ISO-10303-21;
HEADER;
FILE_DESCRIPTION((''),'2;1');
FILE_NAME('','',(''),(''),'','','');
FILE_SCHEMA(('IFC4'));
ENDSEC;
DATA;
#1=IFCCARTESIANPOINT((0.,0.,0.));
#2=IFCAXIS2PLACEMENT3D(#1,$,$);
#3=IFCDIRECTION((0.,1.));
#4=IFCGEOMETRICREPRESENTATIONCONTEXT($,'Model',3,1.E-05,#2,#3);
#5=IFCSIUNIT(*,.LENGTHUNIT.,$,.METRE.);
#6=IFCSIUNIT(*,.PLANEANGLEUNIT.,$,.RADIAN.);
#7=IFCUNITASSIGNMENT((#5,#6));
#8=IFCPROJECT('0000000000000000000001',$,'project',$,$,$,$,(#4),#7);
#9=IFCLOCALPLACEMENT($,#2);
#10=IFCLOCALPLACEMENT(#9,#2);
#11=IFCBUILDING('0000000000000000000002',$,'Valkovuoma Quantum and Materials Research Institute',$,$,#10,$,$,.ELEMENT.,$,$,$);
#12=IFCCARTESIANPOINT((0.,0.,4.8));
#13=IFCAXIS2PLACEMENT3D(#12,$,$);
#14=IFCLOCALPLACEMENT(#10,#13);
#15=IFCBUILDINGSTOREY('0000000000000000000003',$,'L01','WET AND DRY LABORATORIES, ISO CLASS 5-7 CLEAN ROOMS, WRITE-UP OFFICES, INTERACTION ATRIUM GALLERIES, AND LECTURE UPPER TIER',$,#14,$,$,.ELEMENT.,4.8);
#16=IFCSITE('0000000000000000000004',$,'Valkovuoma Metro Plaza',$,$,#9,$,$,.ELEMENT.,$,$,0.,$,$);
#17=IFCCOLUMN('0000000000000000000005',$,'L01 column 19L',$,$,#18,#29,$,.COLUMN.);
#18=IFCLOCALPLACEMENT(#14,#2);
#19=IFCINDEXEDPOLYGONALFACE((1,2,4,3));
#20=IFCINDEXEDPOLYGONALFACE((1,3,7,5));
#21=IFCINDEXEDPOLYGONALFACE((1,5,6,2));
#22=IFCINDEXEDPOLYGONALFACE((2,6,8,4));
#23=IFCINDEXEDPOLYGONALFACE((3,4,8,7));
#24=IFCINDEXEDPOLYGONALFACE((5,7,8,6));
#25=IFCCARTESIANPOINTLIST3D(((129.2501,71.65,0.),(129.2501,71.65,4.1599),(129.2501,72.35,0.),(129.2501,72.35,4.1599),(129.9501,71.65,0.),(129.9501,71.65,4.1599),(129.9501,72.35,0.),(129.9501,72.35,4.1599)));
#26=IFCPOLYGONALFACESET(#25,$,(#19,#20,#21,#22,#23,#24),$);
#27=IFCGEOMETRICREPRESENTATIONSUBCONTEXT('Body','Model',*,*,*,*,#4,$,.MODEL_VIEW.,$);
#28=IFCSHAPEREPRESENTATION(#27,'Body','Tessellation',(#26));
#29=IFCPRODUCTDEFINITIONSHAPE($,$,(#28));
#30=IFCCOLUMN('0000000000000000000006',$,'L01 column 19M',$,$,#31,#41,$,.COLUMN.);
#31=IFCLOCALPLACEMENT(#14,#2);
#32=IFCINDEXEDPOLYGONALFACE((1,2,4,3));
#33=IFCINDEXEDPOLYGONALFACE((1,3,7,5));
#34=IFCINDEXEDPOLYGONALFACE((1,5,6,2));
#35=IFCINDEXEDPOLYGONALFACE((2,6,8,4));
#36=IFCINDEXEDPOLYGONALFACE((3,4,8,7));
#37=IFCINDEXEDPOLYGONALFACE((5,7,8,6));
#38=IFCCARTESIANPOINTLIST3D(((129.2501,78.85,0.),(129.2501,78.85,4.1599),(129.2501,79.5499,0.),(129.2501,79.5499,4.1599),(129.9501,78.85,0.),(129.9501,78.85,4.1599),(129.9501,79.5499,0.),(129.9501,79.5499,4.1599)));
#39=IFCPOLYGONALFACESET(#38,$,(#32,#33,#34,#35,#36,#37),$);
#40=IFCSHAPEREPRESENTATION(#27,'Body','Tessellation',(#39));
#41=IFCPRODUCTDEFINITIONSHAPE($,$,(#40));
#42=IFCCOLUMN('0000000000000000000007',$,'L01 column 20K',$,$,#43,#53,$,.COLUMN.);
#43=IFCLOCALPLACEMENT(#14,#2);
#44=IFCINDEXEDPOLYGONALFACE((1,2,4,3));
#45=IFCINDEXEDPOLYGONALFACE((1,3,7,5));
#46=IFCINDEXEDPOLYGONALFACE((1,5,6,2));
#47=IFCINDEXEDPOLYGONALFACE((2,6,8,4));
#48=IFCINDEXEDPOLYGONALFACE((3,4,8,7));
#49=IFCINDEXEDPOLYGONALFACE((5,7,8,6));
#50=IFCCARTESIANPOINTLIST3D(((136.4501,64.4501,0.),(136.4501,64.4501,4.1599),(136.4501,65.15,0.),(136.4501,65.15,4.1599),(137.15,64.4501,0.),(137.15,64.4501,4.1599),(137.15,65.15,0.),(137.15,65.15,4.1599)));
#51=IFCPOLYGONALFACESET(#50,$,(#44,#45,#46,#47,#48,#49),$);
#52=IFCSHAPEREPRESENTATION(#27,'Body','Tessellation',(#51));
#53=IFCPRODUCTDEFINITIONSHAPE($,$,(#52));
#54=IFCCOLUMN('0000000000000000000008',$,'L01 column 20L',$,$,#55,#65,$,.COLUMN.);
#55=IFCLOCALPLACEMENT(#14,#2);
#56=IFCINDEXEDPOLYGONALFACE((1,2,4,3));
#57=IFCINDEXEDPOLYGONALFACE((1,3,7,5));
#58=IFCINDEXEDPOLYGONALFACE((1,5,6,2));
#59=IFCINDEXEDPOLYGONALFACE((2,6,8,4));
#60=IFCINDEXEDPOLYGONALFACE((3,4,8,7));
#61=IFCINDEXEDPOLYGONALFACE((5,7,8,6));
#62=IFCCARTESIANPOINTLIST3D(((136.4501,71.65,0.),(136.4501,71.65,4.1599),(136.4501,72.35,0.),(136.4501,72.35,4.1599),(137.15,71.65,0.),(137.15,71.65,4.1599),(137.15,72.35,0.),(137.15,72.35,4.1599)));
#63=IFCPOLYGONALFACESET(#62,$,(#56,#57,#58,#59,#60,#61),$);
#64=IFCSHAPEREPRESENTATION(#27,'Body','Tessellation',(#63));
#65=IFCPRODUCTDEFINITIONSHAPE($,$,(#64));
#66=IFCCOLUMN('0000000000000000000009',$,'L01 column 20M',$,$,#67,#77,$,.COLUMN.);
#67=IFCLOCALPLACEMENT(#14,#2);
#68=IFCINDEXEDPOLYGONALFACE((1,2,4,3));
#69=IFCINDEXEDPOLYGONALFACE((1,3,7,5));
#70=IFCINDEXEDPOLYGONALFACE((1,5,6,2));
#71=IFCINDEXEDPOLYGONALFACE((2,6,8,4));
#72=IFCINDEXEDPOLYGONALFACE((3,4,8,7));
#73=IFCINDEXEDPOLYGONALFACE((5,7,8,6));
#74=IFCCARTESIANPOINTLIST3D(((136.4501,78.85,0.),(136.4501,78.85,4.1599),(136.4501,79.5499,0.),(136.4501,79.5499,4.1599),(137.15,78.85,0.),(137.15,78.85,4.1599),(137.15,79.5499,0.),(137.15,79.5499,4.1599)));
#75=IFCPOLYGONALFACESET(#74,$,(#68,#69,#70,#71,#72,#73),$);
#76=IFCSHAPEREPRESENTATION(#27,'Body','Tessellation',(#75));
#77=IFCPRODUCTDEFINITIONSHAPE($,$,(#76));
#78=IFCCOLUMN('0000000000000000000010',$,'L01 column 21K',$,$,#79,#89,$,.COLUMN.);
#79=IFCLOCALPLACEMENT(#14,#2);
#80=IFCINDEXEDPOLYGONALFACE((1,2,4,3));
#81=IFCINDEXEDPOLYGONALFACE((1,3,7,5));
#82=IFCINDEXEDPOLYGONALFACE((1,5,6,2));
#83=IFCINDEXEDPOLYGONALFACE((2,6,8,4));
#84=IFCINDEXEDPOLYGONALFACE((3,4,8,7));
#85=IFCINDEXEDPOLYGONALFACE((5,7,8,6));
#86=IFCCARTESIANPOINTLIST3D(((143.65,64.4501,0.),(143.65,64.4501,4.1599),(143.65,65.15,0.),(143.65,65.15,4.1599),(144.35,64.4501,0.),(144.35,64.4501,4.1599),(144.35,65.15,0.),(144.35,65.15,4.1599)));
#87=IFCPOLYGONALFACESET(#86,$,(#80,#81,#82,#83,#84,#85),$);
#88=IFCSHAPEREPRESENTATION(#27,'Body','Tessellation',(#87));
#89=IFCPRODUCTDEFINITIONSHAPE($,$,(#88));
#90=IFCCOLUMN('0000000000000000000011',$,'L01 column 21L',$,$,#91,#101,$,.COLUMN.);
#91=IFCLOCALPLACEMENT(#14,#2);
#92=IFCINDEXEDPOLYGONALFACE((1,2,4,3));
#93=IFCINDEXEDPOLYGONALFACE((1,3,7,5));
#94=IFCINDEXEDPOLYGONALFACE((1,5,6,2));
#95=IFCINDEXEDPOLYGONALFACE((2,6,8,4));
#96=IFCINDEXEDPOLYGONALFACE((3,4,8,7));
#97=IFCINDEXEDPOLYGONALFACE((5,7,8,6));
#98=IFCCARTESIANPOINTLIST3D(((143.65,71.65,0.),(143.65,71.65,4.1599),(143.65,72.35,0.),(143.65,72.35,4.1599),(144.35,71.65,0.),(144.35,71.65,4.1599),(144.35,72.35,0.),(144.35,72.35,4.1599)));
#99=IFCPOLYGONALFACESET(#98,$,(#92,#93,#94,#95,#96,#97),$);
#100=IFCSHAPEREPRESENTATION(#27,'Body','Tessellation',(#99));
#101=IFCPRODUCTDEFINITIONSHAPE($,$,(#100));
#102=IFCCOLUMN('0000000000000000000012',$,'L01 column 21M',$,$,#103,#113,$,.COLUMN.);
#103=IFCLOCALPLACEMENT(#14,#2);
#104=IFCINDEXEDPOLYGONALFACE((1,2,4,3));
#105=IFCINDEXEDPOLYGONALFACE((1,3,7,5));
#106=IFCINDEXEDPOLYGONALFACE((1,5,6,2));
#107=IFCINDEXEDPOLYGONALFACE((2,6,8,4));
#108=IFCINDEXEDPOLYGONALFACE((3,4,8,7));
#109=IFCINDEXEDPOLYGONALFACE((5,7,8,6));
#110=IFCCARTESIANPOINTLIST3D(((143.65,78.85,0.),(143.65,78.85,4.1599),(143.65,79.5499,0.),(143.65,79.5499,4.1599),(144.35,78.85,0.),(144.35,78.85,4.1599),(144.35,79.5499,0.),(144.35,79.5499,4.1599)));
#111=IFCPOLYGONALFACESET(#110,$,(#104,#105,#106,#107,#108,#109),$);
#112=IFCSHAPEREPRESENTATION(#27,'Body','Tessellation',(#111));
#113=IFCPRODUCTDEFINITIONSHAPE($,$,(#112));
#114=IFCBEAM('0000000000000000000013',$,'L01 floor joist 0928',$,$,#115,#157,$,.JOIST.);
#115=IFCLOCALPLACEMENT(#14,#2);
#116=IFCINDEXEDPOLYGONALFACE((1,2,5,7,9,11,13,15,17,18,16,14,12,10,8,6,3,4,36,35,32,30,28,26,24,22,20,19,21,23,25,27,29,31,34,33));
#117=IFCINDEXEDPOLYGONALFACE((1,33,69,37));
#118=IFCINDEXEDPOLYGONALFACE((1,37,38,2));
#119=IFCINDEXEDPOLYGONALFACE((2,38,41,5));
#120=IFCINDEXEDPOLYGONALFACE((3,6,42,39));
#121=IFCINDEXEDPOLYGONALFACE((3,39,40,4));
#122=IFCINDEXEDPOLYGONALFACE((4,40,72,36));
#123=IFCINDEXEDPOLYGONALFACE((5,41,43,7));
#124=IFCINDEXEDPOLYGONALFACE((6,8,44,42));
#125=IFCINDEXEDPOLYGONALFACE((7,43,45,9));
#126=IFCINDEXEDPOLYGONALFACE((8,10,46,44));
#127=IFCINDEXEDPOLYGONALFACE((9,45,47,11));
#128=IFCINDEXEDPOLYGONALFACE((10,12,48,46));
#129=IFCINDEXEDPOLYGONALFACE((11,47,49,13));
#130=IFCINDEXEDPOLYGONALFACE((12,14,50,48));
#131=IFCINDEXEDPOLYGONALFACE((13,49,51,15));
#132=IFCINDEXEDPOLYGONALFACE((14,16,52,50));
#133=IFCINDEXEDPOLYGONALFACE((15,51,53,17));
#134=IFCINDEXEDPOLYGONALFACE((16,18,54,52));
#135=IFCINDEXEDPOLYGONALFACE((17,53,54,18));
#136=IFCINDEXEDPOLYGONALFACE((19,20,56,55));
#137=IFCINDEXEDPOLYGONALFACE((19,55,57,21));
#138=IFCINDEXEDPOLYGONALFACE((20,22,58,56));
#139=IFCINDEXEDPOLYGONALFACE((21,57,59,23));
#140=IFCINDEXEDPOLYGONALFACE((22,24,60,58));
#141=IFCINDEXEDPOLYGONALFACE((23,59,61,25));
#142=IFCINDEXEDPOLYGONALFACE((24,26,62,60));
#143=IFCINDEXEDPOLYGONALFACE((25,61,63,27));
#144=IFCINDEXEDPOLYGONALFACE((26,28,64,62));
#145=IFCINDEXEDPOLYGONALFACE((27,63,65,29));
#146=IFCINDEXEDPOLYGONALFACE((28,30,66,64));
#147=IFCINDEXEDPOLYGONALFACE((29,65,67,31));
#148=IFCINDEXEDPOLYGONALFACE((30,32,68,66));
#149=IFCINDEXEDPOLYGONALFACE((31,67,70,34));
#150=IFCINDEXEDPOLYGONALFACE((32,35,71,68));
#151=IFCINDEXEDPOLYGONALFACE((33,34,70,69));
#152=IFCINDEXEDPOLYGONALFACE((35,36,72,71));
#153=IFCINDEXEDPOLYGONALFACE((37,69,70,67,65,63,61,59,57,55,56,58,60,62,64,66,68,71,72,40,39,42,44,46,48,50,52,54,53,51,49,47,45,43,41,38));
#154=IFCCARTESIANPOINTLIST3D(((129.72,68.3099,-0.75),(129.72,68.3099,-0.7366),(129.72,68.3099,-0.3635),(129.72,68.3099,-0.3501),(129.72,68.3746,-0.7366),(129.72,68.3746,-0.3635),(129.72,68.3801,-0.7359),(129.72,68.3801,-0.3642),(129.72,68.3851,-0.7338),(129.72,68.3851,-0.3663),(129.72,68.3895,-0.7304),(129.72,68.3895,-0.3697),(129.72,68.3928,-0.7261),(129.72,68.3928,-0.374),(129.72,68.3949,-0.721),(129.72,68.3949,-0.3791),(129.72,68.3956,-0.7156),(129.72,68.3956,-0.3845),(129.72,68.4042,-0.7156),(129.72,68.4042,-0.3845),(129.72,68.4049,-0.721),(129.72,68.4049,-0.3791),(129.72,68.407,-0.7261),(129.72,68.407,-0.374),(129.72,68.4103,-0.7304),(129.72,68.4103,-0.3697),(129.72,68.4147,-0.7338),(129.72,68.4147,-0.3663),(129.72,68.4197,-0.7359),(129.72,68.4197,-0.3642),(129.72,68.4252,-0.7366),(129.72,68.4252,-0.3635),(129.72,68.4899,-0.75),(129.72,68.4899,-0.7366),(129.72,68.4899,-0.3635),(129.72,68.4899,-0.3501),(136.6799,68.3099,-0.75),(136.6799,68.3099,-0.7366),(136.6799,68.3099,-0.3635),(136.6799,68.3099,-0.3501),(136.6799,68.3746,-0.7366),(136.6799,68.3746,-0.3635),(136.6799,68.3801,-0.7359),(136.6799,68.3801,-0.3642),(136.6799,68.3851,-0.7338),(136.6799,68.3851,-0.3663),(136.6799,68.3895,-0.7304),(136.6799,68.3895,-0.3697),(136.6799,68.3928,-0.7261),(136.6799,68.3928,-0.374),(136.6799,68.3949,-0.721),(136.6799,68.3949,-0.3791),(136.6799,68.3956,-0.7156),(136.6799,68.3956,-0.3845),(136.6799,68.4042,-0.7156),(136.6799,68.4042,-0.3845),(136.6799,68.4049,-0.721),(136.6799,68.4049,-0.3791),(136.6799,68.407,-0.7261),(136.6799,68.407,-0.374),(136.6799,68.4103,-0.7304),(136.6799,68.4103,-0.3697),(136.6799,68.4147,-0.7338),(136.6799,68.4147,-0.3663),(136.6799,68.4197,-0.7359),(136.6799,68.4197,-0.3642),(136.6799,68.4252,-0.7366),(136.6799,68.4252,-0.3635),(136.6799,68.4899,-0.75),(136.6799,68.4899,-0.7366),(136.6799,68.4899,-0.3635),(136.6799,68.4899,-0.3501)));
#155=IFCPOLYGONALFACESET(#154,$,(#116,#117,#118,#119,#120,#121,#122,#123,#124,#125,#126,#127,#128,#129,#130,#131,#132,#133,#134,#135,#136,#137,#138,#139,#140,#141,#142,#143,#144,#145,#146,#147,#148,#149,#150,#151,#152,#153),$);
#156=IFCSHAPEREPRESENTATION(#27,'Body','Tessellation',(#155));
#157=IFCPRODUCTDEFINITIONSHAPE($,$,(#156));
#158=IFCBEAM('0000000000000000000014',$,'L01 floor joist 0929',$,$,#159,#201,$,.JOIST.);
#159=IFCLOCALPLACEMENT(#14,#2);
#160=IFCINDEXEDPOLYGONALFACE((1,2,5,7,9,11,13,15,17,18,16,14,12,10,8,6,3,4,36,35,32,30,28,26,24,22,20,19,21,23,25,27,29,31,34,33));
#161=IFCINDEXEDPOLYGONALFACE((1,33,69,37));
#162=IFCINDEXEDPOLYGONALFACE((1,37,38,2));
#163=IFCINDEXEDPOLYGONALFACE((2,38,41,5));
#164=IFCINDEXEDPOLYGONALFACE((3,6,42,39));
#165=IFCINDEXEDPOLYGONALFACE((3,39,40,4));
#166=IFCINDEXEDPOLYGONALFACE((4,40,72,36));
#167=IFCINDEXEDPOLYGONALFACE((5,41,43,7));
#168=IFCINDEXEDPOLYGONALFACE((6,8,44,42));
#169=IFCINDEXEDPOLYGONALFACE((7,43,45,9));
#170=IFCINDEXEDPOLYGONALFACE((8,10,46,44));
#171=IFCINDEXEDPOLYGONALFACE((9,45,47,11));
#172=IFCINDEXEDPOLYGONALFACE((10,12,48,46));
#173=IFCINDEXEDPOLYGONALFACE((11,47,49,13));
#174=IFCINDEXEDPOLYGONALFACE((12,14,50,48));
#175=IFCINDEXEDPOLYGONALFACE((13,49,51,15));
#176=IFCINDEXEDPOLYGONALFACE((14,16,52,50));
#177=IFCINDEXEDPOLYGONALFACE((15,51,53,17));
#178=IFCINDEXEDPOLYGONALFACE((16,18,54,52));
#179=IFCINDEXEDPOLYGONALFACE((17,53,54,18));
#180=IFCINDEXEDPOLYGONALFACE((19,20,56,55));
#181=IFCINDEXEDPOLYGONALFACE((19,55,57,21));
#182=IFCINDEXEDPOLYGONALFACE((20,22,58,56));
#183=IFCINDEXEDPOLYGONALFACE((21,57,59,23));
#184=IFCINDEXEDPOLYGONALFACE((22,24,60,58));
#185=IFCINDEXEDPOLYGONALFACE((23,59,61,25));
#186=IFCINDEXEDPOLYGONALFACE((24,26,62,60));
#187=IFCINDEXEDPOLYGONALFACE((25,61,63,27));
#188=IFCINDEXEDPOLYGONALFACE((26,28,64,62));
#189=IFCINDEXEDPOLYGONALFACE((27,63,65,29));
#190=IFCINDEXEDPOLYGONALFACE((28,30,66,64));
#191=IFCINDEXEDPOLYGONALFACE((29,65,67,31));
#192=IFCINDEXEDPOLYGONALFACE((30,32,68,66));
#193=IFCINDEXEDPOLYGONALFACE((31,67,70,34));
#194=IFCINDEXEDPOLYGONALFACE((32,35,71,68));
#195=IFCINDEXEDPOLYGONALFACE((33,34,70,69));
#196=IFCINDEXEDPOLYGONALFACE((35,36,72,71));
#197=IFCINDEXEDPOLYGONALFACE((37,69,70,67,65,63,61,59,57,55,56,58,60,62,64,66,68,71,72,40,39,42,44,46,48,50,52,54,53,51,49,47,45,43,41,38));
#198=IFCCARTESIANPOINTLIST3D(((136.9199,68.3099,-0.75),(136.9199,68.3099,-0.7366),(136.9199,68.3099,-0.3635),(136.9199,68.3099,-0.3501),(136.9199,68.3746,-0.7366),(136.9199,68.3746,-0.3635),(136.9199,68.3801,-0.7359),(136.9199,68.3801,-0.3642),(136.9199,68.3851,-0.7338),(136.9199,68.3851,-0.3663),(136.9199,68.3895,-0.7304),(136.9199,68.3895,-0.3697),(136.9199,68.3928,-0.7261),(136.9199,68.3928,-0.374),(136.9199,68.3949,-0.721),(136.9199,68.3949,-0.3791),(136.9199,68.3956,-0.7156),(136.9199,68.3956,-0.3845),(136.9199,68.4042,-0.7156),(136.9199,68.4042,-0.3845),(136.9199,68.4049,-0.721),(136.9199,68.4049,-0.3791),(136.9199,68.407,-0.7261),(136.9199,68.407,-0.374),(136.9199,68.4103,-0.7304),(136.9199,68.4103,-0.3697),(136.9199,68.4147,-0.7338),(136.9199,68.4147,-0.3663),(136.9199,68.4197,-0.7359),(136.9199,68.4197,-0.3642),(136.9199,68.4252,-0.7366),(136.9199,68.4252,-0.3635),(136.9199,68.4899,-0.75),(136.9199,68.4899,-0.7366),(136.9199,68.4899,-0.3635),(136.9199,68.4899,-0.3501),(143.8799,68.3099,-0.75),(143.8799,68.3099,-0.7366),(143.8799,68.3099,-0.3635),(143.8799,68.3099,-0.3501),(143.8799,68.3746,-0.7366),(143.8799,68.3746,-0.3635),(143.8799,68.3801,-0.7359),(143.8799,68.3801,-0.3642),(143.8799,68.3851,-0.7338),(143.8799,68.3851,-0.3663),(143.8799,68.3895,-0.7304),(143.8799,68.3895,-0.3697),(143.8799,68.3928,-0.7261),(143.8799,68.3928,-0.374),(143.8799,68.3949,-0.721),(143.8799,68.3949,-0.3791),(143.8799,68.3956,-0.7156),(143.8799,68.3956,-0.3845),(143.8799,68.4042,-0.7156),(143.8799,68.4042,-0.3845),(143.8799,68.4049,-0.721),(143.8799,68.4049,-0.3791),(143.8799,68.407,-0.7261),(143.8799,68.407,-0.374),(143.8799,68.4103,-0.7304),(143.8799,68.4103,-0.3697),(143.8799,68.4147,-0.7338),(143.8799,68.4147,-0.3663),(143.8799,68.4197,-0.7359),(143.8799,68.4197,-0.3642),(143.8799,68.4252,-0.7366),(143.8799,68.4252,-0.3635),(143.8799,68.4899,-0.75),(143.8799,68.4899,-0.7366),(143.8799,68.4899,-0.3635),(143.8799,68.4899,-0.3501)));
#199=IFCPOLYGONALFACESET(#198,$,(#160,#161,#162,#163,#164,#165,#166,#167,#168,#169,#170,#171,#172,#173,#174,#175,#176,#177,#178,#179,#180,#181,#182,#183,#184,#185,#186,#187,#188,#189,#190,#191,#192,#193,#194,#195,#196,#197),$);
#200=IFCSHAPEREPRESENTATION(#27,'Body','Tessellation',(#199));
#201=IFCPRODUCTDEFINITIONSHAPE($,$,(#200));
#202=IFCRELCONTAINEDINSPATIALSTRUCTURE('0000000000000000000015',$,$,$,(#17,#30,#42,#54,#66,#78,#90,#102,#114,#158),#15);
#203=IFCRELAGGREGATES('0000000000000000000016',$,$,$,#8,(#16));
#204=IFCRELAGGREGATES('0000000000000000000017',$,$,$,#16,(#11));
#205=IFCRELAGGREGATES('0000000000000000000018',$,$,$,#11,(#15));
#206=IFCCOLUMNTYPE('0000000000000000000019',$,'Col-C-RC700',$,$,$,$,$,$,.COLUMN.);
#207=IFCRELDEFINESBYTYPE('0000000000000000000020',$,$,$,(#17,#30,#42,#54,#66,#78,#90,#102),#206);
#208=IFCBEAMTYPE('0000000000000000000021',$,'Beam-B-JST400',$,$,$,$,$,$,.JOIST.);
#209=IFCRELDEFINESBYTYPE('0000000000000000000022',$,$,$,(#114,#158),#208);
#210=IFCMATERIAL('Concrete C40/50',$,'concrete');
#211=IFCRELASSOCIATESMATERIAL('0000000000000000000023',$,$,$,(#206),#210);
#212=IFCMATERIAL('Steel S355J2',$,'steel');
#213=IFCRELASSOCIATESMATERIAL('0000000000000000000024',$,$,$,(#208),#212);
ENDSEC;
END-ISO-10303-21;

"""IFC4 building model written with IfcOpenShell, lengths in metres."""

from ifc_helpers import new_model, si_unit, direction, frame, origin, origin_2d, place, context, subcontext, project, spatial, rectangle, i_section, extrude, material, material_profile, profile_set, type_object, element, save


model = new_model("IFC4")

# Units and contexts
model_context = context("Model", 3, precision=1e-05, world=origin(), true_north=direction((0.0, 1.0)))
body_context = subcontext(model_context, "Body", "Model", "MODEL_VIEW")
ifc_project = project(units=[si_unit("LENGTHUNIT", "METRE"), si_unit("PLANEANGLEUNIT", "RADIAN")], contexts=[model_context])

# Site, building, storey
site_placement = place(None, origin())
site = spatial("IfcSite", under=ifc_project, at=site_placement, Name="Valkovuoma Metro Plaza", CompositionType="ELEMENT", RefElevation=0.0)
building_placement = place(site_placement, origin())
building = spatial("IfcBuilding", under=site, at=building_placement, Name="Valkovuoma Quantum and Materials Research Institute", CompositionType="ELEMENT")
storey_placement = place(building_placement, frame((0.0, 0.0, 4.8)))
storey = spatial("IfcBuildingStorey", under=building, at=storey_placement, Name="L01", Description="WET AND DRY LABORATORIES, ISO CLASS 5-7 CLEAN ROOMS, WRITE-UP OFFICES, INTERACTION ATRIUM GALLERIES, AND LECTURE UPPER TIER", CompositionType="ELEMENT", Elevation=4.8)

# Columns
ifc_material_1 = material(Name="Concrete C40/50", Category="concrete")
ifc_material_profile_1 = material_profile(ifc_material_1, rectangle(XDim=0.7, YDim=0.7, at=origin_2d()), Name="Concrete C40/50")
ifc_profile_set_1 = profile_set([ifc_material_profile_1], Name="Concrete C40/50")
column_type = type_object("IfcColumnType", Name="Col-C-RC700", PredefinedType="COLUMN", material=ifc_profile_set_1)
for number, where, z_axis, x_axis, name in (
    (1, (129.6001, 72.0, 0.0), (0.0, 0.0, 1.0), (1.0, 0.0, 0.0), "L01 column 19L"),
    (2, (129.6001, 79.2, 0.0), (0.0, 0.0, 1.0), (1.0, 0.0, 0.0), "L01 column 19M"),
    (3, (136.8, 64.8, 0.0), (0.0, 0.0, 1.0), (1.0, 0.0, 0.0), "L01 column 20K"),
    (4, (136.8, 72.0, 0.0), (0.0, 0.0, 1.0), (1.0, 0.0, 0.0), "L01 column 20L"),
    (5, (136.8, 79.2, 0.0), (0.0, 0.0, 1.0), (1.0, 0.0, 0.0), "L01 column 20M"),
    (6, (144.0, 64.8, 0.0), (0.0, 0.0, 1.0), (1.0, 0.0, 0.0), "L01 column 21K"),
    (7, (144.0, 72.0, 0.0), (0.0, 0.0, 1.0), (1.0, 0.0, 0.0), "L01 column 21L"),
    (8, (144.0, 79.2, 0.0), (0.0, 0.0, 1.0), (1.0, 0.0, 0.0), "L01 column 21M"),
):
    element("IfcColumn", number, at=place(storey_placement, frame(where, z_axis=z_axis, x_axis=x_axis)), inside=storey, type_object=column_type, Name=name, PredefinedType="COLUMN", context=body_context, shape_type="SweptSolid", body=[
        extrude(rectangle(XDim=0.7, YDim=0.7, at=origin_2d()), origin(), (0.0, 0.0, 1.0), 4.1599),
    ])

# Beams
ifc_material_2 = material(Name="Steel S355J2", Category="steel")
ifc_material_profile_2 = material_profile(ifc_material_2, i_section(OverallWidth=0.1799, OverallDepth=0.3999, WebThickness=0.0085, FlangeThickness=0.0134, FilletRadius=0.021, at=origin_2d()), Name="Steel S355J2")
ifc_profile_set_2 = profile_set([ifc_material_profile_2], Name="Steel S355J2")
beam_type_1 = type_object("IfcBeamType", Name="Beam-B-JST400", PredefinedType="JOIST", material=ifc_profile_set_2)
for number, where, z_axis, x_axis, name in (
    (9, (129.72, 68.3999, -0.55), (1.0, 0.0, 0.0), (0.0, 1.0, 0.0), "L01 floor joist 0928"),
    (10, (136.9199, 68.3999, -0.55), (1.0, 0.0, 0.0), (0.0, 1.0, 0.0), "L01 floor joist 0929"),
):
    element("IfcBeam", number, at=place(storey_placement, frame(where, z_axis=z_axis, x_axis=x_axis)), inside=storey, type_object=beam_type_1, Name=name, PredefinedType="JOIST", context=body_context, shape_type="SweptSolid", body=[
        extrude(i_section(OverallWidth=0.1799, OverallDepth=0.3999, WebThickness=0.0085, FlangeThickness=0.0134, FilletRadius=0.021, at=origin_2d()), origin(), (0.0, 0.0, 1.0), 6.96),
    ])

save(model, "model.ifc")
